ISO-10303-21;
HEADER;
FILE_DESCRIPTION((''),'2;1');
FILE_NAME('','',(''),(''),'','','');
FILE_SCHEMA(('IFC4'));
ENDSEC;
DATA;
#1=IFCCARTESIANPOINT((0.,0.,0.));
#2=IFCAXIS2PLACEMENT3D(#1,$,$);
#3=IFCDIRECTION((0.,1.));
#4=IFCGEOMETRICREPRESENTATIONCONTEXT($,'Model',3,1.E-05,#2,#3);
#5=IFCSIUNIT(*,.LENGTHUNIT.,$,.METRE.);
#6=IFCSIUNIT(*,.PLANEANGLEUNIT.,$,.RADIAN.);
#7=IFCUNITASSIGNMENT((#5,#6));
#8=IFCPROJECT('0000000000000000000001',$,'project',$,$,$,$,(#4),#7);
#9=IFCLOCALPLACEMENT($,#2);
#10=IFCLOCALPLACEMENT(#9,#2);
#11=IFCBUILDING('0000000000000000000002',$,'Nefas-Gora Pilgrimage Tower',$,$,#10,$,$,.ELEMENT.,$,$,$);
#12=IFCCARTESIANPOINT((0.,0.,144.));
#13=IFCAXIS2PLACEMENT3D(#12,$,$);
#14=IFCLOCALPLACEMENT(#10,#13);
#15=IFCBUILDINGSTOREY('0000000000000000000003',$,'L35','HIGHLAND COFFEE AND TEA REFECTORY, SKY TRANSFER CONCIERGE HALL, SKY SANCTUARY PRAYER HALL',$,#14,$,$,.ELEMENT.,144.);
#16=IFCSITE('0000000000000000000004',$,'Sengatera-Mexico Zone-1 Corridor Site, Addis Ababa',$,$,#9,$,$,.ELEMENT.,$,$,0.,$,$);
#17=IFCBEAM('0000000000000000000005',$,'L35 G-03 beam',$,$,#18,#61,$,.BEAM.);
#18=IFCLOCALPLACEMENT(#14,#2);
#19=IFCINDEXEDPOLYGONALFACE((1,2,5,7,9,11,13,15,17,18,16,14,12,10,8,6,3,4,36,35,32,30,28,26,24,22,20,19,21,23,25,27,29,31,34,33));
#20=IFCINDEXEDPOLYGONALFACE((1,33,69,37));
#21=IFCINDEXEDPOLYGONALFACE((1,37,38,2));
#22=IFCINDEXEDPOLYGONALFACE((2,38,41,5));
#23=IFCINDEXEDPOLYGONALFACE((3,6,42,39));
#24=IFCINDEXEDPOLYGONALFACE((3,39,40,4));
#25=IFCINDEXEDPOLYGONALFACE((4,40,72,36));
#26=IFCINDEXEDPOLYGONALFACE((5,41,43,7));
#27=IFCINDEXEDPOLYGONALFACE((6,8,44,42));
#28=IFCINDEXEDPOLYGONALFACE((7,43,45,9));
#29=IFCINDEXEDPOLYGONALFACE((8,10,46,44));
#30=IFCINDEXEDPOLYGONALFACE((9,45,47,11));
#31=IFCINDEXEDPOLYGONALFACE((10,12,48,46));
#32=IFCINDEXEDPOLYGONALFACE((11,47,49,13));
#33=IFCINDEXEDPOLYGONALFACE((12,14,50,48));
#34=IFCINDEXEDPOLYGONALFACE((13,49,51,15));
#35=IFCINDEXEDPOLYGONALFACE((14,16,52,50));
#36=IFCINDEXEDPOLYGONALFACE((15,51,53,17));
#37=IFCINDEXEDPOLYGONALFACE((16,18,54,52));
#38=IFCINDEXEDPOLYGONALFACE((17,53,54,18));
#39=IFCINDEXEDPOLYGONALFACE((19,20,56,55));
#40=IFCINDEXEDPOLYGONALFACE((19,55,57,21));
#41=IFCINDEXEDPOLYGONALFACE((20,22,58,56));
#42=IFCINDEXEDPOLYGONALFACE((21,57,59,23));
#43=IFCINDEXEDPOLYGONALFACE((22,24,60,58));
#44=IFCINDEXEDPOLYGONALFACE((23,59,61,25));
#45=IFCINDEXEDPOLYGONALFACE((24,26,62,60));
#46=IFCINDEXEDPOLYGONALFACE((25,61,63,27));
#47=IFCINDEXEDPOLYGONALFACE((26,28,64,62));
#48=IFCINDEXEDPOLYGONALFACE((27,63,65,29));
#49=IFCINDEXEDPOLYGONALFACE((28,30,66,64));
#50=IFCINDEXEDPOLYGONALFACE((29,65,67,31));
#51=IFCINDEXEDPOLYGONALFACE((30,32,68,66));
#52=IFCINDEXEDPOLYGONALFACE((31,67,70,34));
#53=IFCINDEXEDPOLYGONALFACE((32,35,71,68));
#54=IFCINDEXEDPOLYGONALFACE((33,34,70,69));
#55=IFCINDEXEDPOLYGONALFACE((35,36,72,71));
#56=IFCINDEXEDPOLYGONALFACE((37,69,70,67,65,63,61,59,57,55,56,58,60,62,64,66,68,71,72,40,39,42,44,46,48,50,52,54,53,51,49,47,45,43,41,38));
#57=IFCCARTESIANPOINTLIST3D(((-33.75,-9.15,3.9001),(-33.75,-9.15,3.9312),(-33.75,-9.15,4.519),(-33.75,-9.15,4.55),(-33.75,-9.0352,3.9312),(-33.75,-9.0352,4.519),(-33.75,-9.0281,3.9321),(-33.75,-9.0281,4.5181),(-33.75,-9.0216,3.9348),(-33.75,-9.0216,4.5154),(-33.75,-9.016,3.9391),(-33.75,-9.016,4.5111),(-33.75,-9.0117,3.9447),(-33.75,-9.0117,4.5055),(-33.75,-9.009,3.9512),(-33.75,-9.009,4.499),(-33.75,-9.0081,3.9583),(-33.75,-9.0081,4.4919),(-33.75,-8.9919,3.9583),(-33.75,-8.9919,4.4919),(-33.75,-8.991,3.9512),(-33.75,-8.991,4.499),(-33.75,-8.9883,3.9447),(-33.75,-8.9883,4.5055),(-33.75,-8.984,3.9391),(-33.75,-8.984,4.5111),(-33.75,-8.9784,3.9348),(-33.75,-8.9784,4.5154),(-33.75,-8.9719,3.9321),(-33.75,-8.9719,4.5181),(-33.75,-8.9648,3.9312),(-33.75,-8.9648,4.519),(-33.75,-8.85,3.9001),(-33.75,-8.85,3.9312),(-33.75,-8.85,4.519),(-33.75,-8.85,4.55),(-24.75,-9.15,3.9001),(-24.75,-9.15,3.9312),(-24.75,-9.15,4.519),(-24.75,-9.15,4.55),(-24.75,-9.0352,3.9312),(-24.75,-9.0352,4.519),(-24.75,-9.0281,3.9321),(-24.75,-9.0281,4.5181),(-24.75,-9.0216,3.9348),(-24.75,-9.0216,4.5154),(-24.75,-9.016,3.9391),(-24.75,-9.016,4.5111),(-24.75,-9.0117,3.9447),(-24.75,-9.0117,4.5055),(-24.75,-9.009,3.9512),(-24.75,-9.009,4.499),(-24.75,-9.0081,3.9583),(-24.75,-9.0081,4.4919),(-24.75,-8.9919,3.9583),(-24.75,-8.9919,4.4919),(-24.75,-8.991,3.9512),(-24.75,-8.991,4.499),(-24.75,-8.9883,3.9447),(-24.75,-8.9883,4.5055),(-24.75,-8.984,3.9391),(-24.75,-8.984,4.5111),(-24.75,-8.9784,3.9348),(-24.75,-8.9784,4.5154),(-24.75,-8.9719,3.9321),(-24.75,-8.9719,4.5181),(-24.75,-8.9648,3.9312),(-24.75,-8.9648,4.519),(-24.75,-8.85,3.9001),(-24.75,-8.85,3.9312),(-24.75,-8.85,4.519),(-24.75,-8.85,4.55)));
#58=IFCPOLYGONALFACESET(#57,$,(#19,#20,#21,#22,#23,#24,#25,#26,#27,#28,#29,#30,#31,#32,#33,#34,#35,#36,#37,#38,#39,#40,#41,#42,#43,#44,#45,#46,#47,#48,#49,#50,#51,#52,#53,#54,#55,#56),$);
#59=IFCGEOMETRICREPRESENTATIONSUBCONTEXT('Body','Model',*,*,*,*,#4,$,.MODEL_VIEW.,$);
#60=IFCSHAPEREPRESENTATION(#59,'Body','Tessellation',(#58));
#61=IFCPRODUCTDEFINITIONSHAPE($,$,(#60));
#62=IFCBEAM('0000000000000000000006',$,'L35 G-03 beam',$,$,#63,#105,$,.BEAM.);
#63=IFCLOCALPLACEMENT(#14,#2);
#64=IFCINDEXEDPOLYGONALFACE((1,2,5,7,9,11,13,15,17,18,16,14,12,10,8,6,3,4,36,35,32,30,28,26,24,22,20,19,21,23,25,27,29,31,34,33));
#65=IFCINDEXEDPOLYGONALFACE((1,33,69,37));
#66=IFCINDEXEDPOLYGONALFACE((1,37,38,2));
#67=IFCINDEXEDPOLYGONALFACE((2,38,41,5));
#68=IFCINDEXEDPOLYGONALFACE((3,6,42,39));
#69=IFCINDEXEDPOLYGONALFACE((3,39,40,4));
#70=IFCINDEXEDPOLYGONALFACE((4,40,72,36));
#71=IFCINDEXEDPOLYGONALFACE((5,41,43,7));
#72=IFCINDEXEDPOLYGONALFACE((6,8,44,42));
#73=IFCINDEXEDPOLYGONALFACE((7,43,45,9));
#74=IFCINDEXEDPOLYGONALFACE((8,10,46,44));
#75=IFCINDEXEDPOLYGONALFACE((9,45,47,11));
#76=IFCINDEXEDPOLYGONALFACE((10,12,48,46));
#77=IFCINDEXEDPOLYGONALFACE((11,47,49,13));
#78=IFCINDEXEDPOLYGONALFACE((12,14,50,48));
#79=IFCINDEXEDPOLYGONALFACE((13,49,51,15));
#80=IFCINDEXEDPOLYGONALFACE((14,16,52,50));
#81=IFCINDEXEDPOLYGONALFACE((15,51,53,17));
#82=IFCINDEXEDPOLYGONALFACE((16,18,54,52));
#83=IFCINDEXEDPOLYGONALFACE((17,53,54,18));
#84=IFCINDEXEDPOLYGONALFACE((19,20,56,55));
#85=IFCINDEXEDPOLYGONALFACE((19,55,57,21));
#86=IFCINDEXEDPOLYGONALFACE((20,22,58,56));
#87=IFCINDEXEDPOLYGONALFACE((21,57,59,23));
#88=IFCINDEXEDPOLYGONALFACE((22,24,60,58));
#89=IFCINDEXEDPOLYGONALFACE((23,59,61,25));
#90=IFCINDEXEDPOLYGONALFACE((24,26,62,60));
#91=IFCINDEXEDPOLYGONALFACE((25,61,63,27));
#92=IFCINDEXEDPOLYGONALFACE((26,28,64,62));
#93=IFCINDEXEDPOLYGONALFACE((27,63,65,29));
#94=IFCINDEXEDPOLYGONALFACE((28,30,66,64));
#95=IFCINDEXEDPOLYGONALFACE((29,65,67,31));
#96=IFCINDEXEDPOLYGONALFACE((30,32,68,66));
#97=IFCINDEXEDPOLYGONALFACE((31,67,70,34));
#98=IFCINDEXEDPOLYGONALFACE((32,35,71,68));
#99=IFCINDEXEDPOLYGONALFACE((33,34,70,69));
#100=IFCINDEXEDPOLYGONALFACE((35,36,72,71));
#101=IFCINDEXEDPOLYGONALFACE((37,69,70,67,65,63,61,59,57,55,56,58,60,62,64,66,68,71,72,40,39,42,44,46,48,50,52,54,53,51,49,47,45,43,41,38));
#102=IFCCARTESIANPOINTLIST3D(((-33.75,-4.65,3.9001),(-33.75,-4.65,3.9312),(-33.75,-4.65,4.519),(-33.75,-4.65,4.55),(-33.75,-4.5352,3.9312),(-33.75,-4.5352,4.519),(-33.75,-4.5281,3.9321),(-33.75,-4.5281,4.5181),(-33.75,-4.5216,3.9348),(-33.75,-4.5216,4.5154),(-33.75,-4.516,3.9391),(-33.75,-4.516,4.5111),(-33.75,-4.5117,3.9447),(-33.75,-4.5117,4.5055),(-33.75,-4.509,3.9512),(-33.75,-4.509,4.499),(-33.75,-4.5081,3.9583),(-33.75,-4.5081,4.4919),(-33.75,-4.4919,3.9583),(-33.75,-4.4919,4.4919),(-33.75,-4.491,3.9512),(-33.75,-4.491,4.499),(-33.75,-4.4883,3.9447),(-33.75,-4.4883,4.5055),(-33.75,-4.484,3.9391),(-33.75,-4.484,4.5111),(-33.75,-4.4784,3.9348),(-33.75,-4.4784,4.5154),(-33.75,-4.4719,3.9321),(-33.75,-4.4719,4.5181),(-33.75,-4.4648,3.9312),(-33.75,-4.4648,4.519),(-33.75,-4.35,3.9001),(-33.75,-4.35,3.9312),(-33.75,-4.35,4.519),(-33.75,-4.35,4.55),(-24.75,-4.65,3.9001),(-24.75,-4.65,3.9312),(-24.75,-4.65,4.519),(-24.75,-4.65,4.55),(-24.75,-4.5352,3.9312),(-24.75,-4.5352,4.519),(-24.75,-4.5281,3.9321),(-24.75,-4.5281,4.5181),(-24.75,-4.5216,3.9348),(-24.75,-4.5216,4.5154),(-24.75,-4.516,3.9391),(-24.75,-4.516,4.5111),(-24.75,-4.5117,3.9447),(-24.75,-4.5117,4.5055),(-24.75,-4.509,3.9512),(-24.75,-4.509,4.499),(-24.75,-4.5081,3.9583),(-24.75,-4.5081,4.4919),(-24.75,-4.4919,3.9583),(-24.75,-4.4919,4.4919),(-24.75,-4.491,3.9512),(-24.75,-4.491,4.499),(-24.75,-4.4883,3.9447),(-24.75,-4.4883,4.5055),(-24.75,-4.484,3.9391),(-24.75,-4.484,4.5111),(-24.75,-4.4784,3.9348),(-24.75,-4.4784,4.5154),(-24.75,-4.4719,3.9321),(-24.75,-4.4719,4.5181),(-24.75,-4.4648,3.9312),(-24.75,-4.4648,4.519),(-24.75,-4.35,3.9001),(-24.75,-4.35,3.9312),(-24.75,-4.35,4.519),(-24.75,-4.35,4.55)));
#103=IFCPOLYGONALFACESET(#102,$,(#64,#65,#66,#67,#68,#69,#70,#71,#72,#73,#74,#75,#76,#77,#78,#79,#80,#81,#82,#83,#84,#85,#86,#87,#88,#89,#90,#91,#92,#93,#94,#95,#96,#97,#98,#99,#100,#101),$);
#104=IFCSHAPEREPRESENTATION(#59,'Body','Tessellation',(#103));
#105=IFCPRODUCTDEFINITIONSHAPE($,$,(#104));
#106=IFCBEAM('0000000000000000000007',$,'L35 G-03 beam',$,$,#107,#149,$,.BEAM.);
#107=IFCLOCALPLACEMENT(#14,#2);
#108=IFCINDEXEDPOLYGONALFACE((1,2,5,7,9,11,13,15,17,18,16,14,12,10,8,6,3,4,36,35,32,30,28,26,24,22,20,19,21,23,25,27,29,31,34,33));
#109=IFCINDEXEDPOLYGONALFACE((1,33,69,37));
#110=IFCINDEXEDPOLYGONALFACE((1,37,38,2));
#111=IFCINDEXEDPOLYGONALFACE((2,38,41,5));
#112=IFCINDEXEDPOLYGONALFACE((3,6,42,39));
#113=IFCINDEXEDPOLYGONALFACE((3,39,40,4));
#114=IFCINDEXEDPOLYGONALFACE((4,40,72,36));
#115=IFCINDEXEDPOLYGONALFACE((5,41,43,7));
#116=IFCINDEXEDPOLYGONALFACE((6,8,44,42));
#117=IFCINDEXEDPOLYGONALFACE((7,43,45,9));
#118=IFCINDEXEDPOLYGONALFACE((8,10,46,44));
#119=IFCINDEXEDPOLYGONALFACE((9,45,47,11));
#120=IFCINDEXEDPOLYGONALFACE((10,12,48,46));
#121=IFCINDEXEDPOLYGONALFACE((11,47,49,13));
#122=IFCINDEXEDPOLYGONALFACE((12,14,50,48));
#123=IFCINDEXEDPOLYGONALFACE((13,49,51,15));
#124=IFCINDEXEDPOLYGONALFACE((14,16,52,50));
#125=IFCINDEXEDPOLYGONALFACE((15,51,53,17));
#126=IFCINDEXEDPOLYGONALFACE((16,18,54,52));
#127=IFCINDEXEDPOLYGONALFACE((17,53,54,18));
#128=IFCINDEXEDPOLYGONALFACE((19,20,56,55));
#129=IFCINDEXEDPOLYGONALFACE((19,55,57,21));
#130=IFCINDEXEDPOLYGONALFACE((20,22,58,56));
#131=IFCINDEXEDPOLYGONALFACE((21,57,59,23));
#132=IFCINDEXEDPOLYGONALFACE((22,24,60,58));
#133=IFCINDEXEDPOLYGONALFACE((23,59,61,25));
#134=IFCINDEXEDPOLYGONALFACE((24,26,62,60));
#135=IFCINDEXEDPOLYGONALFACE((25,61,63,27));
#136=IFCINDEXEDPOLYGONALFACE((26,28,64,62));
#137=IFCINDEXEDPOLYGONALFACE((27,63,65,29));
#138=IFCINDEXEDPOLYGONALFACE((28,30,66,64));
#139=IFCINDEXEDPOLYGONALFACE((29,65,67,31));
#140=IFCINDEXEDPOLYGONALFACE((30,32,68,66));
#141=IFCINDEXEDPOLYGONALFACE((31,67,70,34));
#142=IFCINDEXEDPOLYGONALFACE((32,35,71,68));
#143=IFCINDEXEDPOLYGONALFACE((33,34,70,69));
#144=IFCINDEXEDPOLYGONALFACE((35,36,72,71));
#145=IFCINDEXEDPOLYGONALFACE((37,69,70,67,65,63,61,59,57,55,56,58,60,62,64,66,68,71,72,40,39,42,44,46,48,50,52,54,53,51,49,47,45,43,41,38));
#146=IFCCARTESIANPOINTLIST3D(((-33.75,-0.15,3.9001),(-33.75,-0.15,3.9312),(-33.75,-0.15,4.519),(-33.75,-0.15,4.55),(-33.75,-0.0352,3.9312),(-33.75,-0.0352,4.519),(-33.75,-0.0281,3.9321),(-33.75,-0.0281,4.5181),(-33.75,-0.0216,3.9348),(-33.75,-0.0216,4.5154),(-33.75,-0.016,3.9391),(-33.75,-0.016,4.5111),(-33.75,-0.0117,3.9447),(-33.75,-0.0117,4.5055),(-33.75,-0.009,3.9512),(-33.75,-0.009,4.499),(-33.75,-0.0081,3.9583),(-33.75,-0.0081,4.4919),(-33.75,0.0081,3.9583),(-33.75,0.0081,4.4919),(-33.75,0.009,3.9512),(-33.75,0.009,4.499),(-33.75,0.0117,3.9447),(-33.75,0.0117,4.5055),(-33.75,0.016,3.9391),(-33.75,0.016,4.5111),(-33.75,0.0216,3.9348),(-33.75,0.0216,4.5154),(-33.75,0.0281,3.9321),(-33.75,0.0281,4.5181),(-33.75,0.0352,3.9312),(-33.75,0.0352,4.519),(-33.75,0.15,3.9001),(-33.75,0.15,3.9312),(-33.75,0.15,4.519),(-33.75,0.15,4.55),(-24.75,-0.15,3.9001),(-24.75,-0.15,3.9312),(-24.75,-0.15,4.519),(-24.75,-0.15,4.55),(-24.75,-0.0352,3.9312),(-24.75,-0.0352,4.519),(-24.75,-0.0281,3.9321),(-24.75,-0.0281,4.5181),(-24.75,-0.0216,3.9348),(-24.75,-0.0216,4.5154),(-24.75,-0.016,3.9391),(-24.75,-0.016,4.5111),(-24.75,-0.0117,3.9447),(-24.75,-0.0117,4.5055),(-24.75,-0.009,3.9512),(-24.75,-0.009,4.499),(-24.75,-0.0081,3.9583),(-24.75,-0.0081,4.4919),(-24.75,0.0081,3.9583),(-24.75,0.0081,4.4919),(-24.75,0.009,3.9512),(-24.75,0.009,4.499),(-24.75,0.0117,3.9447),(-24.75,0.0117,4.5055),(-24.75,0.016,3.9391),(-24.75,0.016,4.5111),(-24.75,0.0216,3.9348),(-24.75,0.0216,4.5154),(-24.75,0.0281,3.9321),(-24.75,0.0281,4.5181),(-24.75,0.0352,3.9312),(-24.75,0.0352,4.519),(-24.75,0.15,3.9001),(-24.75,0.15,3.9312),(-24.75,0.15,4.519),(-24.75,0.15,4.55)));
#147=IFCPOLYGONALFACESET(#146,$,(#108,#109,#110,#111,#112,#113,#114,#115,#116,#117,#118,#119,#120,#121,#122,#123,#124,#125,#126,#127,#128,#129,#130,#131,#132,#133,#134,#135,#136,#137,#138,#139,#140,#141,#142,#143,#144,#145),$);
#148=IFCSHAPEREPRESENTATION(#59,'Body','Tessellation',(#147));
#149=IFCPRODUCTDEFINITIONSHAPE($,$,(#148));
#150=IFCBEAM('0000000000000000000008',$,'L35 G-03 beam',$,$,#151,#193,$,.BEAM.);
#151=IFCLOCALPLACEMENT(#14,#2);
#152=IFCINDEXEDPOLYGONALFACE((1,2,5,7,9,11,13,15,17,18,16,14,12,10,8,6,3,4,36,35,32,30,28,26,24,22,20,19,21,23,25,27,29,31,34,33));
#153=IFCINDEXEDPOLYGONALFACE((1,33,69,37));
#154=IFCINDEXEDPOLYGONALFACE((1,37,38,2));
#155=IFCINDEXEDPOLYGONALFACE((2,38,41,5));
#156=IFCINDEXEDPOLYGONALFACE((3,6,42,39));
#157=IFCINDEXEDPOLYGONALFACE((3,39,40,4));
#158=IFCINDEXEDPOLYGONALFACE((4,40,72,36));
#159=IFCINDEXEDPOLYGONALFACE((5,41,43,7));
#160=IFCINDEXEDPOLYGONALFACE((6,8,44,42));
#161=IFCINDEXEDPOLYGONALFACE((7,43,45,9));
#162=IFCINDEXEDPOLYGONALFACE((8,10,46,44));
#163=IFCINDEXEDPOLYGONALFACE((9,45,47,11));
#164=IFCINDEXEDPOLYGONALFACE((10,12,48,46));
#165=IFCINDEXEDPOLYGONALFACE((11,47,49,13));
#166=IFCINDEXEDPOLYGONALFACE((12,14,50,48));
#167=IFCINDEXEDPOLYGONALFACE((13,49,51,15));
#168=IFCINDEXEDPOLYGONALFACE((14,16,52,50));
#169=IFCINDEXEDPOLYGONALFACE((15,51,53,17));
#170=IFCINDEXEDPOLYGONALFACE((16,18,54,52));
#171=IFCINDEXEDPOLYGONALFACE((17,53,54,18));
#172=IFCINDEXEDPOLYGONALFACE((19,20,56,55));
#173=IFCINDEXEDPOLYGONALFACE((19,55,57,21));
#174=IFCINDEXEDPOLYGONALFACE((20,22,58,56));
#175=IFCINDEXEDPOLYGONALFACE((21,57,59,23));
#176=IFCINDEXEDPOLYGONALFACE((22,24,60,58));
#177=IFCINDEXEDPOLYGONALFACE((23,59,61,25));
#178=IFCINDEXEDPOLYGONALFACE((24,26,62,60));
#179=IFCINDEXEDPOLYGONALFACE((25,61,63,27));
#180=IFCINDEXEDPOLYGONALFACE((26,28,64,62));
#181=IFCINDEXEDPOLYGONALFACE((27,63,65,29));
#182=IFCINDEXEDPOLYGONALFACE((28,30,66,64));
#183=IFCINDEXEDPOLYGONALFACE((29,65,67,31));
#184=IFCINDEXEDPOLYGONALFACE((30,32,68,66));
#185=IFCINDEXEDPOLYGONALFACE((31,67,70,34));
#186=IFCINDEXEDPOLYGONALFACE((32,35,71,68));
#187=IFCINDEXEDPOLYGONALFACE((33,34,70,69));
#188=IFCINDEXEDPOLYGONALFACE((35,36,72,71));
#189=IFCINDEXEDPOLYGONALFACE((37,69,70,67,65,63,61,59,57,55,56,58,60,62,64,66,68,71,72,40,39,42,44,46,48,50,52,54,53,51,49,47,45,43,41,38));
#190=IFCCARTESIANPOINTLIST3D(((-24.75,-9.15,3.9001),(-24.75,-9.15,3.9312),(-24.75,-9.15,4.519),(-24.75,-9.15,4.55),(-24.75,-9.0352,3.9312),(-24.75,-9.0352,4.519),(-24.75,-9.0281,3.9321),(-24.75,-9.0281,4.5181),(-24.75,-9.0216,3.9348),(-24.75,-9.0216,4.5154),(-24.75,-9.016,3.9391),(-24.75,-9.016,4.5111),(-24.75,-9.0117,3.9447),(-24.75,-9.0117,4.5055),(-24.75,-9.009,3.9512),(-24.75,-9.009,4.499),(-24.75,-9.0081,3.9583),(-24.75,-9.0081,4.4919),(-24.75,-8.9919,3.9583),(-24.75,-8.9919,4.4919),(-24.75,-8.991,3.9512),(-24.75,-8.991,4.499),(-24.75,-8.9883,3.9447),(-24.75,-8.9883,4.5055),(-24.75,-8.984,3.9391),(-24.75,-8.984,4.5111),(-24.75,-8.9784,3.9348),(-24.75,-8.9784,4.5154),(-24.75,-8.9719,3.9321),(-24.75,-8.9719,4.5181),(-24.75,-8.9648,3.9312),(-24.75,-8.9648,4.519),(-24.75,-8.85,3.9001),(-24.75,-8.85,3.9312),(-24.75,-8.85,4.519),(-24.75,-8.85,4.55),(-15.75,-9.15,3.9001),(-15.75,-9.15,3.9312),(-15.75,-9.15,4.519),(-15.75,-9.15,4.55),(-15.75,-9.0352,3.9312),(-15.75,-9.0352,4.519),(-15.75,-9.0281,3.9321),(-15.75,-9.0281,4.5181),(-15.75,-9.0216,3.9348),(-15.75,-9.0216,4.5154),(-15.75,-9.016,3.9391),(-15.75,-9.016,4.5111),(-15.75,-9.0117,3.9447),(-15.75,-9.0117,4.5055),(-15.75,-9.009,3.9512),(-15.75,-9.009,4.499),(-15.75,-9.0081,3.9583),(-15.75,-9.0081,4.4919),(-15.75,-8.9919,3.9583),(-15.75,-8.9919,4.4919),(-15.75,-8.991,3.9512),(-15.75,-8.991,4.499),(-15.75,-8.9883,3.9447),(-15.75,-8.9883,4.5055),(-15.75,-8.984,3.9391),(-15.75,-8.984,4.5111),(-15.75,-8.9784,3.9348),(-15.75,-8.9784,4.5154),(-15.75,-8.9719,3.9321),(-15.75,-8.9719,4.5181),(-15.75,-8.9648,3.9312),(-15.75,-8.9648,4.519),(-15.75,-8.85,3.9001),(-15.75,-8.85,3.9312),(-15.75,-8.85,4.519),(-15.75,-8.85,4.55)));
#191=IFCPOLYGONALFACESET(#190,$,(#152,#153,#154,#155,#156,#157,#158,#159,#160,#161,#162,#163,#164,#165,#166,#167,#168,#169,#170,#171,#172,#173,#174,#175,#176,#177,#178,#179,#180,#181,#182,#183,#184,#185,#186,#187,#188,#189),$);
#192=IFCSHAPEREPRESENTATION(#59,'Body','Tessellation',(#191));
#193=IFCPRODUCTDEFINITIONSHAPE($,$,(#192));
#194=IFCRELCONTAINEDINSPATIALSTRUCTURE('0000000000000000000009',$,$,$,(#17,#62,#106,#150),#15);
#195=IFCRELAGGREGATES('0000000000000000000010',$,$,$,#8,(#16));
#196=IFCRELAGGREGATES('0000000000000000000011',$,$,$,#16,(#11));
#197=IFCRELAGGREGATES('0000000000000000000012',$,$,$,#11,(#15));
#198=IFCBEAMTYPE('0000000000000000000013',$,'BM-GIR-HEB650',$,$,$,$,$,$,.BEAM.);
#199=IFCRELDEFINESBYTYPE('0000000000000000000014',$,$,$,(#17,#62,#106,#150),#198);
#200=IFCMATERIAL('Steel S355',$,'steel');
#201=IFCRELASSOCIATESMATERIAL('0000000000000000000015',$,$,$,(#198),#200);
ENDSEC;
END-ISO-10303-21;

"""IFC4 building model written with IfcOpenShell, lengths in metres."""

from ifc_helpers import new_model, si_unit, direction, frame, origin, origin_2d, place, context, subcontext, project, spatial, i_section, extrude, source, transform, mapped, material, material_profile, profile_set, type_object, element, save


model = new_model("IFC4")

# Units and contexts
model_context = context("Model", 3, precision=1e-05, world=origin(), true_north=direction((0.0, 1.0)))
body_context = subcontext(model_context, "Body", "Model", "MODEL_VIEW")
ifc_project = project(units=[si_unit("LENGTHUNIT", "METRE"), si_unit("PLANEANGLEUNIT", "RADIAN")], contexts=[model_context])

# Site, building, storey
site_placement = place(None, origin())
site = spatial("IfcSite", under=ifc_project, at=site_placement, Name="Sengatera-Mexico Zone-1 Corridor Site, Addis Ababa", CompositionType="ELEMENT", RefElevation=0.0)
building_placement = place(site_placement, origin())
building = spatial("IfcBuilding", under=site, at=building_placement, Name="Nefas-Gora Pilgrimage Tower", CompositionType="ELEMENT")
storey_placement = place(building_placement, frame((0.0, 0.0, 144.0)))
storey = spatial("IfcBuildingStorey", under=building, at=storey_placement, Name="L35", Description="HIGHLAND COFFEE AND TEA REFECTORY, SKY TRANSFER CONCIERGE HALL, SKY SANCTUARY PRAYER HALL", CompositionType="ELEMENT", Elevation=144.0)

# Beams
ifc_material_1 = material(Name="Steel S355", Category="steel")
ifc_material_profile_1 = material_profile(ifc_material_1, i_section(OverallWidth=0.3, OverallDepth=0.6499, WebThickness=0.0161, FlangeThickness=0.031, FilletRadius=0.0271, at=origin_2d()), Name="HEB 650")
ifc_profile_set_1 = profile_set([ifc_material_profile_1], Name="Steel S355")
beam_type_1 = type_object("IfcBeamType", Name="BM-GIR-HEB650", PredefinedType="BEAM", material=ifc_profile_set_1)
shared_shape_1 = source(origin(), body_context, "Body", "SweptSolid", [
    extrude(i_section(OverallWidth=0.3, OverallDepth=0.6499, WebThickness=0.0161, FlangeThickness=0.031, FilletRadius=0.0271, at=origin_2d()), origin(), (0.0, 0.0, 1.0), 9.0),
])
for number, where, z_axis, x_axis, name in (
    (1, (-33.75, -9.0, 4.2251), (1.0, 0.0, 0.0), (0.0, 1.0, 0.0), "L35 G-03 beam"),
    (2, (-33.75, -4.5, 4.2251), (1.0, 0.0, 0.0), (0.0, 1.0, 0.0), "L35 G-03 beam"),
    (3, (-33.75, 0.0, 4.2251), (1.0, 0.0, 0.0), (0.0, 1.0, 0.0), "L35 G-03 beam"),
    (4, (-24.75, -9.0, 4.2251), (1.0, 0.0, 0.0), (0.0, 1.0, 0.0), "L35 G-03 beam"),
):
    element("IfcBeam", number, at=place(storey_placement, frame(where, z_axis=z_axis, x_axis=x_axis)), inside=storey, type_object=beam_type_1, Name=name, PredefinedType="BEAM", context=body_context, shape_type="MappedRepresentation", body=[
        mapped(shared_shape_1, transform((0.0, 0.0, 0.0), x_axis=(1.0, 0.0, 0.0), y_axis=(0.0, 1.0, 0.0), z_axis=(0.0, 0.0, 1.0), scale=1.0)),
    ])

save(model, "model.ifc")
